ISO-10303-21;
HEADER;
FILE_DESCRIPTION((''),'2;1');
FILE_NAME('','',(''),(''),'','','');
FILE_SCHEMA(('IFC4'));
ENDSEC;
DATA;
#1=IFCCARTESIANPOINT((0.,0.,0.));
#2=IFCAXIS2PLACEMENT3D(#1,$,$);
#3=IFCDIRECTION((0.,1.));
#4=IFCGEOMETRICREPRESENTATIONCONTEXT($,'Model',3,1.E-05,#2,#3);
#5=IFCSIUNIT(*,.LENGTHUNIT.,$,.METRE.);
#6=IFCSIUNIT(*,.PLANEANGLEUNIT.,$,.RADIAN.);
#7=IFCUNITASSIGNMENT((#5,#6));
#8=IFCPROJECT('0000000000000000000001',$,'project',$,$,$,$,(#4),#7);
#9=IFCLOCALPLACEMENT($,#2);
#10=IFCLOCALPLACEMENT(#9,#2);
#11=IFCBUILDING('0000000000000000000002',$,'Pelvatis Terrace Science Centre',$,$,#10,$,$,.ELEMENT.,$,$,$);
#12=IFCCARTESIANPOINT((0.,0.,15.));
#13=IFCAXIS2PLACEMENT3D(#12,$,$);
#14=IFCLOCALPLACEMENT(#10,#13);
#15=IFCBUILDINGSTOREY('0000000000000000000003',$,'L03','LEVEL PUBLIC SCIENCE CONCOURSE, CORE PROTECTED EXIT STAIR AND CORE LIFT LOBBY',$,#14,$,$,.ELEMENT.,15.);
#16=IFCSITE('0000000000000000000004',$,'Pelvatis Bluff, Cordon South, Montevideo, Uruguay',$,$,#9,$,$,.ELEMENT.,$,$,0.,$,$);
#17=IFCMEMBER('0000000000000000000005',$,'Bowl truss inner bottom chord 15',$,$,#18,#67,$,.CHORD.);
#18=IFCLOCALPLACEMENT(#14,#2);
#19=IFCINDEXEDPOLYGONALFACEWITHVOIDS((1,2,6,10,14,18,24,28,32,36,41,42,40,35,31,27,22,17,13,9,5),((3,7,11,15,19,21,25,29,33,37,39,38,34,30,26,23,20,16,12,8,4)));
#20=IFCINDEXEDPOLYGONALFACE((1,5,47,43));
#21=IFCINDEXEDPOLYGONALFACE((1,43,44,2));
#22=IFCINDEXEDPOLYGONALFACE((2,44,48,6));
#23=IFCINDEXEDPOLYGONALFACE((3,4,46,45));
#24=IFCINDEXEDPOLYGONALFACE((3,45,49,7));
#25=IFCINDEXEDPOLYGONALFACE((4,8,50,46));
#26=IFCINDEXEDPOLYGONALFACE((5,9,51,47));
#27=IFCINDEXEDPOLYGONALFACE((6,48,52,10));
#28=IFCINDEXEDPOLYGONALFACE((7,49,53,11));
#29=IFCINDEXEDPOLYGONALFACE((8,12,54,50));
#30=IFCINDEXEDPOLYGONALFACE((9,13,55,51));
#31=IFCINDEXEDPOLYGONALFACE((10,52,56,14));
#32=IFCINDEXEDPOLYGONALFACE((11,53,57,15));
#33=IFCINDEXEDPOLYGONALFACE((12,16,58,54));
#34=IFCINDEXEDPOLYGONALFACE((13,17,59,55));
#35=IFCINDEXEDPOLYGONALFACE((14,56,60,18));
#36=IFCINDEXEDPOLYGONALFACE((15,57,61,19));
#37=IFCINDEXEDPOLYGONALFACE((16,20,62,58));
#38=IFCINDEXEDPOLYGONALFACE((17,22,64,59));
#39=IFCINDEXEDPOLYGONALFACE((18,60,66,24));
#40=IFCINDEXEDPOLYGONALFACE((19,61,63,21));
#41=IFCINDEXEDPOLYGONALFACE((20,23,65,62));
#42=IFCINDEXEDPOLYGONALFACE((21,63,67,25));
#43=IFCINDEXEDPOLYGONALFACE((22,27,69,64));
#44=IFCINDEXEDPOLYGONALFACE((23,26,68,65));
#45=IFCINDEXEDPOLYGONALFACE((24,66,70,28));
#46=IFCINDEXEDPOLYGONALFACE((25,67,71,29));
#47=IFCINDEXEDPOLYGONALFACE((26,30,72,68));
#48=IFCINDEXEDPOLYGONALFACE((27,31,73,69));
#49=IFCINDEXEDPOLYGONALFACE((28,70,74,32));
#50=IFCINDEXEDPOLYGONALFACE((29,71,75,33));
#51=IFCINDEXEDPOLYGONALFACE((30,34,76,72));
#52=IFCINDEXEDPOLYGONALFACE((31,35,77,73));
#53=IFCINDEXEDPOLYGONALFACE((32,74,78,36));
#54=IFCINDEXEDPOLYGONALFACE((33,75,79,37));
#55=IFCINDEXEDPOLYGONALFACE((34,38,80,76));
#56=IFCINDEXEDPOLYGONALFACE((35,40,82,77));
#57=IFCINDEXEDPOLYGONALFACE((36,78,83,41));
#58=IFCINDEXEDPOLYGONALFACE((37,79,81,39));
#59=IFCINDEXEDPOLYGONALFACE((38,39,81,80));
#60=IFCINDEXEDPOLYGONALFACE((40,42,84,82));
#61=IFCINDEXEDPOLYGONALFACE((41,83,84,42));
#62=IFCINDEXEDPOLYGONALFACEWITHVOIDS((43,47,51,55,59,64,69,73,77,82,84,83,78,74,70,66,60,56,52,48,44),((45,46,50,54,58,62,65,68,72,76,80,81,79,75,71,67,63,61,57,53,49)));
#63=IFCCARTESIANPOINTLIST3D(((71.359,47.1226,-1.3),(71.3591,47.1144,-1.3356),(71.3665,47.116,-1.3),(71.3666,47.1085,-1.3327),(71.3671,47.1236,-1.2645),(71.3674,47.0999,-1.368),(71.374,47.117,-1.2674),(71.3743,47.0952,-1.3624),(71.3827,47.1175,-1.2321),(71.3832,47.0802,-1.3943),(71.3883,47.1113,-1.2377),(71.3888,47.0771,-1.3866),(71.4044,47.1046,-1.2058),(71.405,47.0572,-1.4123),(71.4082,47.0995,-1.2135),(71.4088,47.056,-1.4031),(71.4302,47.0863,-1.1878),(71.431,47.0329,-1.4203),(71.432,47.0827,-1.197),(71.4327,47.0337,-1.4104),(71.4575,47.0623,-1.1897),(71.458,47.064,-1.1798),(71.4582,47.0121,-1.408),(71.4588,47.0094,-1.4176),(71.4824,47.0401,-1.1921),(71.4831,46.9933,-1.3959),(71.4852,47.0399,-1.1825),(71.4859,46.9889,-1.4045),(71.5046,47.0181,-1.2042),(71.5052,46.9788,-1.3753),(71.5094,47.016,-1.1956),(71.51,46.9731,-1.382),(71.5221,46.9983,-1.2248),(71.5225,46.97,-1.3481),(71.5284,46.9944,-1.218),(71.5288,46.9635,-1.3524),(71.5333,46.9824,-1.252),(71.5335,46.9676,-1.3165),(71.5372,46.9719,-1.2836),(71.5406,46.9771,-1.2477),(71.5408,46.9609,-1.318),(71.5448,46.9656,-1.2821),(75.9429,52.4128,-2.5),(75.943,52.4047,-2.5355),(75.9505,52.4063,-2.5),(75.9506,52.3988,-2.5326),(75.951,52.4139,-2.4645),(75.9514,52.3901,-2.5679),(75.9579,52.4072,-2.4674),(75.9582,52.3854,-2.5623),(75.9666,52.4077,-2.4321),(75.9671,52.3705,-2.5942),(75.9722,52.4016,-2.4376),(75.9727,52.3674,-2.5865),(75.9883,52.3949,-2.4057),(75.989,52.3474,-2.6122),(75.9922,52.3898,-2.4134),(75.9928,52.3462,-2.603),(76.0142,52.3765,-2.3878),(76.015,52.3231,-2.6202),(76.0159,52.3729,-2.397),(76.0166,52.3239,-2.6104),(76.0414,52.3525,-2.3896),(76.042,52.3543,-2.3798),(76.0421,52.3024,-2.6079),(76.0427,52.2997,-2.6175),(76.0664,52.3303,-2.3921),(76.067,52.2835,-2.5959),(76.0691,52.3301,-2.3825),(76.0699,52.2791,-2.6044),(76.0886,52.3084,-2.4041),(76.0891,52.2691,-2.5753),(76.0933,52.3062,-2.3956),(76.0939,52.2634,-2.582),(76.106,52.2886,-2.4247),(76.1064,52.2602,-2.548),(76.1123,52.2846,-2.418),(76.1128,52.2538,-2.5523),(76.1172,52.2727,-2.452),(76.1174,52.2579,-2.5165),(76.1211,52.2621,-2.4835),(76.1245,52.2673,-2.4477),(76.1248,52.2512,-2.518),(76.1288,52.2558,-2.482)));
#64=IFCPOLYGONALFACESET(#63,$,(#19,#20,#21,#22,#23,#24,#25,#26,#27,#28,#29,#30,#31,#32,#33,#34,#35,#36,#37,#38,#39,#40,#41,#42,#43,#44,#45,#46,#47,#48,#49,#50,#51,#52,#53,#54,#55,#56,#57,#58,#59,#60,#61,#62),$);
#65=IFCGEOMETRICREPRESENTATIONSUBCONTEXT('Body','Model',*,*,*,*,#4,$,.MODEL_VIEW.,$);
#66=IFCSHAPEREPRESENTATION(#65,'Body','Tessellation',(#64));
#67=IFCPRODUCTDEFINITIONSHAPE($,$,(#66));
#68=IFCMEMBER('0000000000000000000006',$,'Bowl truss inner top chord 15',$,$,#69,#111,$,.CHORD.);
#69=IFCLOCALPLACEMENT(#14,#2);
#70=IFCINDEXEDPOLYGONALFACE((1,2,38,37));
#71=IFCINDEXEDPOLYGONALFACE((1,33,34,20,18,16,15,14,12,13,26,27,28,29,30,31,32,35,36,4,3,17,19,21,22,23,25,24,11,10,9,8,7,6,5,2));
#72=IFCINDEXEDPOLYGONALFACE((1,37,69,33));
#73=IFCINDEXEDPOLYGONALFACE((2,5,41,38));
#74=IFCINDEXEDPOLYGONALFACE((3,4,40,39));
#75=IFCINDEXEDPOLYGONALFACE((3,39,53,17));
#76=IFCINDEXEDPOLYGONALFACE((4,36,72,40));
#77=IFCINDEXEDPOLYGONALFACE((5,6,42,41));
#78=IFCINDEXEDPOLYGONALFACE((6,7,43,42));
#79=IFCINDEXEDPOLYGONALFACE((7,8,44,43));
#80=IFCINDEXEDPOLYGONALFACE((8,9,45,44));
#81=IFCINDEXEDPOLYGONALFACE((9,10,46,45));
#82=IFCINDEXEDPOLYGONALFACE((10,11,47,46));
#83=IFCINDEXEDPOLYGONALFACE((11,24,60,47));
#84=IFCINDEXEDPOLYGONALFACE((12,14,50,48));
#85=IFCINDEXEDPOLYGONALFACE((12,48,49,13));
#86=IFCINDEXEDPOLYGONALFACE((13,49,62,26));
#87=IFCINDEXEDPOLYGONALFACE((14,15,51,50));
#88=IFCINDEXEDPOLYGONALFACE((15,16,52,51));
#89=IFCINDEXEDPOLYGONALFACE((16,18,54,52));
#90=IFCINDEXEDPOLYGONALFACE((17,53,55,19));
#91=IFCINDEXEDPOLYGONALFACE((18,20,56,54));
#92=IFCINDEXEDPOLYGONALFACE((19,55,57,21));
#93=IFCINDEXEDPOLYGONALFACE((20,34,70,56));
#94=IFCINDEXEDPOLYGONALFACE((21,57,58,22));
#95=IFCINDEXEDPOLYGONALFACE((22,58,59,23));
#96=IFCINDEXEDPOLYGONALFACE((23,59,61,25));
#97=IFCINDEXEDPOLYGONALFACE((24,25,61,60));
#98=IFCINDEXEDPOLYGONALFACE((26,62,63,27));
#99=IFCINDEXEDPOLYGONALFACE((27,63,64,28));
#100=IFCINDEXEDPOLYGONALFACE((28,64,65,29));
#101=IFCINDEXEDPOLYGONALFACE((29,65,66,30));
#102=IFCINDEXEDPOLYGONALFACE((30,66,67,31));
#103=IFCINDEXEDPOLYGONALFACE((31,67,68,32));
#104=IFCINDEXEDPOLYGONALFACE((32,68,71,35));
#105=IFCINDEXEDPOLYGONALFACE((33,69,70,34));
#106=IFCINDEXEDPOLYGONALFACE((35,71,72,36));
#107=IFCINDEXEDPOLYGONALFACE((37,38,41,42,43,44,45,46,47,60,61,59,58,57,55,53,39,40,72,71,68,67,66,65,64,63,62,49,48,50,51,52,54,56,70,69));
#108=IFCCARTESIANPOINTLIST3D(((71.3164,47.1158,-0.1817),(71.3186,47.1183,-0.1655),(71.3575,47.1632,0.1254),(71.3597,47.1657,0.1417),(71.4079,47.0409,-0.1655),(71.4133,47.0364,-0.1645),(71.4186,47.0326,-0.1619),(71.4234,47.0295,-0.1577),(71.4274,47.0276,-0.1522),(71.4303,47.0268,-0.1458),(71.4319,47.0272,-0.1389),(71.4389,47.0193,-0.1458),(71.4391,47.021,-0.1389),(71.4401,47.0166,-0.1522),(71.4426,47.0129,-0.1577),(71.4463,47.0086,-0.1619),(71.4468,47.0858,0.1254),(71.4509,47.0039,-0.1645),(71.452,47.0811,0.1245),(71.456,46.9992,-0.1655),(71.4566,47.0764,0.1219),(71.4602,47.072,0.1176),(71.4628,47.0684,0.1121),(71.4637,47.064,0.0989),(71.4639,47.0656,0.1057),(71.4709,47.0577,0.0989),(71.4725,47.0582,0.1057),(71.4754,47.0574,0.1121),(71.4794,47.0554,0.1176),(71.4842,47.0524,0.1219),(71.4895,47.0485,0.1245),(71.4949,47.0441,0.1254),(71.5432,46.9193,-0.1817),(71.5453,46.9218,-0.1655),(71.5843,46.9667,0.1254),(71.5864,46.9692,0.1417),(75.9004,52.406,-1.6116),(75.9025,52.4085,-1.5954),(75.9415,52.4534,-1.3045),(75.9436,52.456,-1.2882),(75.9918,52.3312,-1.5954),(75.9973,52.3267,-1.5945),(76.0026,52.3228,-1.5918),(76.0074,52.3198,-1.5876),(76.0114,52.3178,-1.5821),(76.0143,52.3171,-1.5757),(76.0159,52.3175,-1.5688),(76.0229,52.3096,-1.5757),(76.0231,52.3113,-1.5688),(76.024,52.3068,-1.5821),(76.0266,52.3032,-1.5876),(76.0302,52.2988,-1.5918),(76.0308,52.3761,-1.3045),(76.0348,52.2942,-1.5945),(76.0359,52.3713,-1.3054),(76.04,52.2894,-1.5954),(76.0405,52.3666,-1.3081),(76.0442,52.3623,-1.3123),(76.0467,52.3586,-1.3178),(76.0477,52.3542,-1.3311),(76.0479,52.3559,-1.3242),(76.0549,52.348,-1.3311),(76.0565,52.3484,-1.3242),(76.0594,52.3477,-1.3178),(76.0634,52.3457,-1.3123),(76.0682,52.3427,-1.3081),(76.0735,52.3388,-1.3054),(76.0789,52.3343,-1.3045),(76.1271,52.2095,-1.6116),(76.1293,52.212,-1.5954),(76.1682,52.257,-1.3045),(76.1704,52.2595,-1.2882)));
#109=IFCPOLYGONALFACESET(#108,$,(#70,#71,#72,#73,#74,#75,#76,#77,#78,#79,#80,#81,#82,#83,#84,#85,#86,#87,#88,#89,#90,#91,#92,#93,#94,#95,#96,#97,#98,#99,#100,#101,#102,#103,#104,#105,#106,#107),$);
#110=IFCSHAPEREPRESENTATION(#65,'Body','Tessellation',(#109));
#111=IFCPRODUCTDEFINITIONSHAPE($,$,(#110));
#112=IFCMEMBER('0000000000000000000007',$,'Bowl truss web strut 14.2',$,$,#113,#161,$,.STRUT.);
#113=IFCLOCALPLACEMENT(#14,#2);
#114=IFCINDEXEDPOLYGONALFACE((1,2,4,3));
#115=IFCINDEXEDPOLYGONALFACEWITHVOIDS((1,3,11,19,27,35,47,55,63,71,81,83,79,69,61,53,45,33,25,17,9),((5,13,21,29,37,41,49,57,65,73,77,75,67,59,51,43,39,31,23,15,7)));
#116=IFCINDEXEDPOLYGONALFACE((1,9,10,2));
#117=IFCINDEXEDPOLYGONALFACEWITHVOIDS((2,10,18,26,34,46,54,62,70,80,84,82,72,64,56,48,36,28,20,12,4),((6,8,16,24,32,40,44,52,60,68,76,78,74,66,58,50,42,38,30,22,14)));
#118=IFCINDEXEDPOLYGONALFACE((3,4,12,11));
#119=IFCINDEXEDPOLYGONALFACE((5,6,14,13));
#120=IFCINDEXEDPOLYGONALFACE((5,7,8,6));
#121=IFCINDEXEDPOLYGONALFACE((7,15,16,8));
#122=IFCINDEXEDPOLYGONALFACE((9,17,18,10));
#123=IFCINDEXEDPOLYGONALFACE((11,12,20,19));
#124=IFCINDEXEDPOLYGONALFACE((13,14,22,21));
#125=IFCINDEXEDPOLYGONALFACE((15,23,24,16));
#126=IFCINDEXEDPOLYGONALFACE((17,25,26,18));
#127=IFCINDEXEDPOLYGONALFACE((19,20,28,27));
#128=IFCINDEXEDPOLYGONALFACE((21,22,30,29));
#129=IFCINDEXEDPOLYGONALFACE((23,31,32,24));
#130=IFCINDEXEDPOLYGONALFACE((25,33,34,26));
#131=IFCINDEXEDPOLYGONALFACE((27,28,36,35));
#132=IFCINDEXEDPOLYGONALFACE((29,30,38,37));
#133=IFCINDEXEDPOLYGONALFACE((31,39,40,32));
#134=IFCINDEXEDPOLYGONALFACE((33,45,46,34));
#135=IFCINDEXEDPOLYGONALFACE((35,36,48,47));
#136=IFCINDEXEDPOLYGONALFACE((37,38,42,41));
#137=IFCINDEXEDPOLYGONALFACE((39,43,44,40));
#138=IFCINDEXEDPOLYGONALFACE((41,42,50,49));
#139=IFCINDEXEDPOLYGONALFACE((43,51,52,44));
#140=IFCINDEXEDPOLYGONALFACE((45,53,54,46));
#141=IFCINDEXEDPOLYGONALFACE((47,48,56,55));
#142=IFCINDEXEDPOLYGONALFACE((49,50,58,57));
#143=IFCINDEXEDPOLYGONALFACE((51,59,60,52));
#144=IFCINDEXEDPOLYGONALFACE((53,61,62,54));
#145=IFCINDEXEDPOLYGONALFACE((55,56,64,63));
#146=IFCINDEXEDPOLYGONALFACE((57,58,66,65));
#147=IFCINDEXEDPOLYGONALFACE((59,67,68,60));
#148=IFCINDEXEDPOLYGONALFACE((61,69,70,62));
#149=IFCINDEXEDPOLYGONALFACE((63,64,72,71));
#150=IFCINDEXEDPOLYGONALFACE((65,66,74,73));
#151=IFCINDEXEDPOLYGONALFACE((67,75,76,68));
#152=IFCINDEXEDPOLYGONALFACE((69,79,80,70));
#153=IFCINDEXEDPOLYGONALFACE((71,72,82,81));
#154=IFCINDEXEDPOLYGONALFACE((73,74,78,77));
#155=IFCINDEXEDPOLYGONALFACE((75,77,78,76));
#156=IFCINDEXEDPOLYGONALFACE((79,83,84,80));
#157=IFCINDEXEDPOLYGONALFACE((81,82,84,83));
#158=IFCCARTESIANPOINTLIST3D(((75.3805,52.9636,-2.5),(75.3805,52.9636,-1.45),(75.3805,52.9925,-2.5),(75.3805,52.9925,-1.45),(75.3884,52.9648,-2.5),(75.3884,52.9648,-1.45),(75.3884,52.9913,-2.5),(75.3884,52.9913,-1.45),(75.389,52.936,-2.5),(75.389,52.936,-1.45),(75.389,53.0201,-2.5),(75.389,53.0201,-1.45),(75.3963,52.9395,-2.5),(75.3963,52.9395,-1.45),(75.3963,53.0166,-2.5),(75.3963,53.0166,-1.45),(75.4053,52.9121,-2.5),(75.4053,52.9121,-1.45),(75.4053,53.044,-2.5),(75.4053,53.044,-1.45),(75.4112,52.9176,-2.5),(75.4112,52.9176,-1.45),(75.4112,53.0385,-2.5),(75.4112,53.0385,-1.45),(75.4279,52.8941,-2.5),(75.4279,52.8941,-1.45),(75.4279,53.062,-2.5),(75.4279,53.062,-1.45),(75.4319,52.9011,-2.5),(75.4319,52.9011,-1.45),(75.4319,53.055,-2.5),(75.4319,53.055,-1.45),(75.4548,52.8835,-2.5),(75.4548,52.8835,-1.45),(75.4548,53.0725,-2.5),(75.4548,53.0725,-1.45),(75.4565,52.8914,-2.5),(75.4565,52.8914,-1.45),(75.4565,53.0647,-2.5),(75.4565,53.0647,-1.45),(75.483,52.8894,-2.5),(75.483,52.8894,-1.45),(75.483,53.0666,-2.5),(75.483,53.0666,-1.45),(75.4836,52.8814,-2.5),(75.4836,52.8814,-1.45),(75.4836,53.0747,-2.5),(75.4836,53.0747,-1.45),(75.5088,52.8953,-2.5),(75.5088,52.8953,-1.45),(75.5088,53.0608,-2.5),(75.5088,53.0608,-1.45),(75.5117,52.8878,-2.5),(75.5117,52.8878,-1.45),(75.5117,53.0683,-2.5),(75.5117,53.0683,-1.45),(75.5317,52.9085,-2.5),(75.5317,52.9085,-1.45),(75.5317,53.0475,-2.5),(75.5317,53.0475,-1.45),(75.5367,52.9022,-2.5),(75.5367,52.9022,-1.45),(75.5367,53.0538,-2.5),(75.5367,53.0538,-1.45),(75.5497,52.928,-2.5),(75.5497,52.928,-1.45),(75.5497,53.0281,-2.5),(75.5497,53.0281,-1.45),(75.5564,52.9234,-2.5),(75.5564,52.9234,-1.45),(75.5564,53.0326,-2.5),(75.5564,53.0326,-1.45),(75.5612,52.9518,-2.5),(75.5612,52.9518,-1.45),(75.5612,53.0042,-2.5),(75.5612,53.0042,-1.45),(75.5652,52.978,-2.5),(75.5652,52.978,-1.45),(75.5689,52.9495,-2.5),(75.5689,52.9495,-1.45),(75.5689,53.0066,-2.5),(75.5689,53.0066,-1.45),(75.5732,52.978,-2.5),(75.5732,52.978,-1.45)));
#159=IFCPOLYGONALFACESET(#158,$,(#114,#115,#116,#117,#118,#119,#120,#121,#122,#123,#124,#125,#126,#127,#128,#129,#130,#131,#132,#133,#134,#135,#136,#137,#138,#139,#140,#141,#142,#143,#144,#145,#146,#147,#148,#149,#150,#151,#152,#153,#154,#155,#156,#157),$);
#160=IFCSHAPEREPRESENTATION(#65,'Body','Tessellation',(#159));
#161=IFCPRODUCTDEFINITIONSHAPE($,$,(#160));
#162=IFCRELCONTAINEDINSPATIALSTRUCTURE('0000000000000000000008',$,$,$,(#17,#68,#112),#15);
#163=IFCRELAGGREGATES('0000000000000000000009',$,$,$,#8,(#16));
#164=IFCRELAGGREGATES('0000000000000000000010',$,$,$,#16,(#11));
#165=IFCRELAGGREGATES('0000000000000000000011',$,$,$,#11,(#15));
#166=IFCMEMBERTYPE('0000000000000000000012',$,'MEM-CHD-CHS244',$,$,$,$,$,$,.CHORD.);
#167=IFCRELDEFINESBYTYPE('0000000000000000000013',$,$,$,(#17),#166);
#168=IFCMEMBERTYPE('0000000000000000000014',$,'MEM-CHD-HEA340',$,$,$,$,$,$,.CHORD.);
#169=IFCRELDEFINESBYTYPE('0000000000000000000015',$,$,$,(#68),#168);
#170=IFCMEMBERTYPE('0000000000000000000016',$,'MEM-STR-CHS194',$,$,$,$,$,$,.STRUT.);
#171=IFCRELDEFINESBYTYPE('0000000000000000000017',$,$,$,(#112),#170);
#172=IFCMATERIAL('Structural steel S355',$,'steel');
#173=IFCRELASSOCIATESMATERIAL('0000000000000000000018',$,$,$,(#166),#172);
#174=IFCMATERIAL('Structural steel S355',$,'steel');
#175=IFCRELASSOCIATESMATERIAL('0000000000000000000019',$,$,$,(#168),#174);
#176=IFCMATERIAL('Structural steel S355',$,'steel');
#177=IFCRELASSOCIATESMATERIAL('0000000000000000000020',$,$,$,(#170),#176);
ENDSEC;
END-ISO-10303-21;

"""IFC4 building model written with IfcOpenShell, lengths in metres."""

from ifc_helpers import new_model, si_unit, direction, frame, origin, origin_2d, place, context, subcontext, project, spatial, hollow_circle, i_section, extrude, material, material_profile, profile_set, type_object, element, save


model = new_model("IFC4")

# Units and contexts
model_context = context("Model", 3, precision=1e-05, world=origin(), true_north=direction((0.0, 1.0)))
body_context = subcontext(model_context, "Body", "Model", "MODEL_VIEW")
ifc_project = project(units=[si_unit("LENGTHUNIT", "METRE"), si_unit("PLANEANGLEUNIT", "RADIAN")], contexts=[model_context])

# Site, building, storey
site_placement = place(None, origin())
site = spatial("IfcSite", under=ifc_project, at=site_placement, Name="Pelvatis Bluff, Cordon South, Montevideo, Uruguay", CompositionType="ELEMENT", RefElevation=0.0)
building_placement = place(site_placement, origin())
building = spatial("IfcBuilding", under=site, at=building_placement, Name="Pelvatis Terrace Science Centre", CompositionType="ELEMENT")
storey_placement = place(building_placement, frame((0.0, 0.0, 15.0)))
storey = spatial("IfcBuildingStorey", under=building, at=storey_placement, Name="L03", Description="LEVEL PUBLIC SCIENCE CONCOURSE, CORE PROTECTED EXIT STAIR AND CORE LIFT LOBBY", CompositionType="ELEMENT", Elevation=15.0)

# Members
ifc_material_1 = material(Name="Structural steel S355", Category="steel")
ifc_material_profile_1 = material_profile(ifc_material_1, hollow_circle(Radius=0.1223, WallThickness=0.01, at=origin_2d()), Name="CHS 244.5x10.0")
ifc_profile_set_1 = profile_set([ifc_material_profile_1], Name="Structural steel S355")
member_type_1 = type_object("IfcMemberType", Name="MEM-CHD-CHS244", PredefinedType="CHORD", material=ifc_profile_set_1)
member_1_placement = place(storey_placement, frame((71.4514, 47.0425, -1.3), z_axis=(0.64544, 0.744889, -0.168957), x_axis=(-0.755755, 0.654855, 0.0)))
element("IfcMember", 1, at=member_1_placement, inside=storey, type_object=member_type_1, Name="Bowl truss inner bottom chord 15", PredefinedType="CHORD", context=body_context, shape_type="SweptSolid", body=[
    extrude(hollow_circle(Radius=0.1223, WallThickness=0.01, at=origin_2d()), origin(), (0.0, 0.0, 1.0), 7.1021),
])
ifc_material_2 = material(Name="Structural steel S355", Category="steel")
ifc_material_profile_2 = material_profile(ifc_material_2, i_section(OverallWidth=0.3, OverallDepth=0.3301, WebThickness=0.0095, FlangeThickness=0.0166, FilletRadius=0.0271, at=origin_2d()), Name="HEA 340")
ifc_profile_set_2 = profile_set([ifc_material_profile_2], Name="Structural steel S355")
member_type_2 = type_object("IfcMemberType", Name="MEM-CHD-HEA340", PredefinedType="CHORD", material=ifc_profile_set_2)
member_2_placement = place(storey_placement, frame((71.4514, 47.0425, -0.02), z_axis=(0.641605, 0.740463, -0.200143), x_axis=(-0.755755, 0.654855, 0.0)))
element("IfcMember", 2, at=member_2_placement, inside=storey, type_object=member_type_2, Name="Bowl truss inner top chord 15", PredefinedType="CHORD", context=body_context, shape_type="SweptSolid", body=[
    extrude(i_section(OverallWidth=0.3, OverallDepth=0.3301, WebThickness=0.0095, FlangeThickness=0.0166, FilletRadius=0.0271, at=origin_2d()), origin(), (0.0, 0.0, 1.0), 7.1445),
])
ifc_material_3 = material(Name="Structural steel S355", Category="steel")
ifc_material_profile_3 = material_profile(ifc_material_3, hollow_circle(Radius=0.0969, WallThickness=0.0081, at=origin_2d()), Name="CHS 193.7x8.0")
ifc_profile_set_3 = profile_set([ifc_material_profile_3], Name="Structural steel S355")
member_type_3 = type_object("IfcMemberType", Name="MEM-STR-CHS194", PredefinedType="STRUT", material=ifc_profile_set_3)
for number, where, z_axis, x_axis, name in (
    (3, (75.4763, 52.978, -2.5), (0.0, 0.0, 1.0), (1.0, 0.0, 0.0), "Bowl truss web strut 14.2"),
):
    element("IfcMember", number, at=place(storey_placement, frame(where, z_axis=z_axis, x_axis=x_axis)), inside=storey, type_object=member_type_3, Name=name, PredefinedType="STRUT", context=body_context, shape_type="SweptSolid", body=[
        extrude(hollow_circle(Radius=0.0969, WallThickness=0.0081, at=origin_2d()), origin(), (0.0, 0.0, 1.0), 1.05),
    ])

save(model, "model.ifc")
